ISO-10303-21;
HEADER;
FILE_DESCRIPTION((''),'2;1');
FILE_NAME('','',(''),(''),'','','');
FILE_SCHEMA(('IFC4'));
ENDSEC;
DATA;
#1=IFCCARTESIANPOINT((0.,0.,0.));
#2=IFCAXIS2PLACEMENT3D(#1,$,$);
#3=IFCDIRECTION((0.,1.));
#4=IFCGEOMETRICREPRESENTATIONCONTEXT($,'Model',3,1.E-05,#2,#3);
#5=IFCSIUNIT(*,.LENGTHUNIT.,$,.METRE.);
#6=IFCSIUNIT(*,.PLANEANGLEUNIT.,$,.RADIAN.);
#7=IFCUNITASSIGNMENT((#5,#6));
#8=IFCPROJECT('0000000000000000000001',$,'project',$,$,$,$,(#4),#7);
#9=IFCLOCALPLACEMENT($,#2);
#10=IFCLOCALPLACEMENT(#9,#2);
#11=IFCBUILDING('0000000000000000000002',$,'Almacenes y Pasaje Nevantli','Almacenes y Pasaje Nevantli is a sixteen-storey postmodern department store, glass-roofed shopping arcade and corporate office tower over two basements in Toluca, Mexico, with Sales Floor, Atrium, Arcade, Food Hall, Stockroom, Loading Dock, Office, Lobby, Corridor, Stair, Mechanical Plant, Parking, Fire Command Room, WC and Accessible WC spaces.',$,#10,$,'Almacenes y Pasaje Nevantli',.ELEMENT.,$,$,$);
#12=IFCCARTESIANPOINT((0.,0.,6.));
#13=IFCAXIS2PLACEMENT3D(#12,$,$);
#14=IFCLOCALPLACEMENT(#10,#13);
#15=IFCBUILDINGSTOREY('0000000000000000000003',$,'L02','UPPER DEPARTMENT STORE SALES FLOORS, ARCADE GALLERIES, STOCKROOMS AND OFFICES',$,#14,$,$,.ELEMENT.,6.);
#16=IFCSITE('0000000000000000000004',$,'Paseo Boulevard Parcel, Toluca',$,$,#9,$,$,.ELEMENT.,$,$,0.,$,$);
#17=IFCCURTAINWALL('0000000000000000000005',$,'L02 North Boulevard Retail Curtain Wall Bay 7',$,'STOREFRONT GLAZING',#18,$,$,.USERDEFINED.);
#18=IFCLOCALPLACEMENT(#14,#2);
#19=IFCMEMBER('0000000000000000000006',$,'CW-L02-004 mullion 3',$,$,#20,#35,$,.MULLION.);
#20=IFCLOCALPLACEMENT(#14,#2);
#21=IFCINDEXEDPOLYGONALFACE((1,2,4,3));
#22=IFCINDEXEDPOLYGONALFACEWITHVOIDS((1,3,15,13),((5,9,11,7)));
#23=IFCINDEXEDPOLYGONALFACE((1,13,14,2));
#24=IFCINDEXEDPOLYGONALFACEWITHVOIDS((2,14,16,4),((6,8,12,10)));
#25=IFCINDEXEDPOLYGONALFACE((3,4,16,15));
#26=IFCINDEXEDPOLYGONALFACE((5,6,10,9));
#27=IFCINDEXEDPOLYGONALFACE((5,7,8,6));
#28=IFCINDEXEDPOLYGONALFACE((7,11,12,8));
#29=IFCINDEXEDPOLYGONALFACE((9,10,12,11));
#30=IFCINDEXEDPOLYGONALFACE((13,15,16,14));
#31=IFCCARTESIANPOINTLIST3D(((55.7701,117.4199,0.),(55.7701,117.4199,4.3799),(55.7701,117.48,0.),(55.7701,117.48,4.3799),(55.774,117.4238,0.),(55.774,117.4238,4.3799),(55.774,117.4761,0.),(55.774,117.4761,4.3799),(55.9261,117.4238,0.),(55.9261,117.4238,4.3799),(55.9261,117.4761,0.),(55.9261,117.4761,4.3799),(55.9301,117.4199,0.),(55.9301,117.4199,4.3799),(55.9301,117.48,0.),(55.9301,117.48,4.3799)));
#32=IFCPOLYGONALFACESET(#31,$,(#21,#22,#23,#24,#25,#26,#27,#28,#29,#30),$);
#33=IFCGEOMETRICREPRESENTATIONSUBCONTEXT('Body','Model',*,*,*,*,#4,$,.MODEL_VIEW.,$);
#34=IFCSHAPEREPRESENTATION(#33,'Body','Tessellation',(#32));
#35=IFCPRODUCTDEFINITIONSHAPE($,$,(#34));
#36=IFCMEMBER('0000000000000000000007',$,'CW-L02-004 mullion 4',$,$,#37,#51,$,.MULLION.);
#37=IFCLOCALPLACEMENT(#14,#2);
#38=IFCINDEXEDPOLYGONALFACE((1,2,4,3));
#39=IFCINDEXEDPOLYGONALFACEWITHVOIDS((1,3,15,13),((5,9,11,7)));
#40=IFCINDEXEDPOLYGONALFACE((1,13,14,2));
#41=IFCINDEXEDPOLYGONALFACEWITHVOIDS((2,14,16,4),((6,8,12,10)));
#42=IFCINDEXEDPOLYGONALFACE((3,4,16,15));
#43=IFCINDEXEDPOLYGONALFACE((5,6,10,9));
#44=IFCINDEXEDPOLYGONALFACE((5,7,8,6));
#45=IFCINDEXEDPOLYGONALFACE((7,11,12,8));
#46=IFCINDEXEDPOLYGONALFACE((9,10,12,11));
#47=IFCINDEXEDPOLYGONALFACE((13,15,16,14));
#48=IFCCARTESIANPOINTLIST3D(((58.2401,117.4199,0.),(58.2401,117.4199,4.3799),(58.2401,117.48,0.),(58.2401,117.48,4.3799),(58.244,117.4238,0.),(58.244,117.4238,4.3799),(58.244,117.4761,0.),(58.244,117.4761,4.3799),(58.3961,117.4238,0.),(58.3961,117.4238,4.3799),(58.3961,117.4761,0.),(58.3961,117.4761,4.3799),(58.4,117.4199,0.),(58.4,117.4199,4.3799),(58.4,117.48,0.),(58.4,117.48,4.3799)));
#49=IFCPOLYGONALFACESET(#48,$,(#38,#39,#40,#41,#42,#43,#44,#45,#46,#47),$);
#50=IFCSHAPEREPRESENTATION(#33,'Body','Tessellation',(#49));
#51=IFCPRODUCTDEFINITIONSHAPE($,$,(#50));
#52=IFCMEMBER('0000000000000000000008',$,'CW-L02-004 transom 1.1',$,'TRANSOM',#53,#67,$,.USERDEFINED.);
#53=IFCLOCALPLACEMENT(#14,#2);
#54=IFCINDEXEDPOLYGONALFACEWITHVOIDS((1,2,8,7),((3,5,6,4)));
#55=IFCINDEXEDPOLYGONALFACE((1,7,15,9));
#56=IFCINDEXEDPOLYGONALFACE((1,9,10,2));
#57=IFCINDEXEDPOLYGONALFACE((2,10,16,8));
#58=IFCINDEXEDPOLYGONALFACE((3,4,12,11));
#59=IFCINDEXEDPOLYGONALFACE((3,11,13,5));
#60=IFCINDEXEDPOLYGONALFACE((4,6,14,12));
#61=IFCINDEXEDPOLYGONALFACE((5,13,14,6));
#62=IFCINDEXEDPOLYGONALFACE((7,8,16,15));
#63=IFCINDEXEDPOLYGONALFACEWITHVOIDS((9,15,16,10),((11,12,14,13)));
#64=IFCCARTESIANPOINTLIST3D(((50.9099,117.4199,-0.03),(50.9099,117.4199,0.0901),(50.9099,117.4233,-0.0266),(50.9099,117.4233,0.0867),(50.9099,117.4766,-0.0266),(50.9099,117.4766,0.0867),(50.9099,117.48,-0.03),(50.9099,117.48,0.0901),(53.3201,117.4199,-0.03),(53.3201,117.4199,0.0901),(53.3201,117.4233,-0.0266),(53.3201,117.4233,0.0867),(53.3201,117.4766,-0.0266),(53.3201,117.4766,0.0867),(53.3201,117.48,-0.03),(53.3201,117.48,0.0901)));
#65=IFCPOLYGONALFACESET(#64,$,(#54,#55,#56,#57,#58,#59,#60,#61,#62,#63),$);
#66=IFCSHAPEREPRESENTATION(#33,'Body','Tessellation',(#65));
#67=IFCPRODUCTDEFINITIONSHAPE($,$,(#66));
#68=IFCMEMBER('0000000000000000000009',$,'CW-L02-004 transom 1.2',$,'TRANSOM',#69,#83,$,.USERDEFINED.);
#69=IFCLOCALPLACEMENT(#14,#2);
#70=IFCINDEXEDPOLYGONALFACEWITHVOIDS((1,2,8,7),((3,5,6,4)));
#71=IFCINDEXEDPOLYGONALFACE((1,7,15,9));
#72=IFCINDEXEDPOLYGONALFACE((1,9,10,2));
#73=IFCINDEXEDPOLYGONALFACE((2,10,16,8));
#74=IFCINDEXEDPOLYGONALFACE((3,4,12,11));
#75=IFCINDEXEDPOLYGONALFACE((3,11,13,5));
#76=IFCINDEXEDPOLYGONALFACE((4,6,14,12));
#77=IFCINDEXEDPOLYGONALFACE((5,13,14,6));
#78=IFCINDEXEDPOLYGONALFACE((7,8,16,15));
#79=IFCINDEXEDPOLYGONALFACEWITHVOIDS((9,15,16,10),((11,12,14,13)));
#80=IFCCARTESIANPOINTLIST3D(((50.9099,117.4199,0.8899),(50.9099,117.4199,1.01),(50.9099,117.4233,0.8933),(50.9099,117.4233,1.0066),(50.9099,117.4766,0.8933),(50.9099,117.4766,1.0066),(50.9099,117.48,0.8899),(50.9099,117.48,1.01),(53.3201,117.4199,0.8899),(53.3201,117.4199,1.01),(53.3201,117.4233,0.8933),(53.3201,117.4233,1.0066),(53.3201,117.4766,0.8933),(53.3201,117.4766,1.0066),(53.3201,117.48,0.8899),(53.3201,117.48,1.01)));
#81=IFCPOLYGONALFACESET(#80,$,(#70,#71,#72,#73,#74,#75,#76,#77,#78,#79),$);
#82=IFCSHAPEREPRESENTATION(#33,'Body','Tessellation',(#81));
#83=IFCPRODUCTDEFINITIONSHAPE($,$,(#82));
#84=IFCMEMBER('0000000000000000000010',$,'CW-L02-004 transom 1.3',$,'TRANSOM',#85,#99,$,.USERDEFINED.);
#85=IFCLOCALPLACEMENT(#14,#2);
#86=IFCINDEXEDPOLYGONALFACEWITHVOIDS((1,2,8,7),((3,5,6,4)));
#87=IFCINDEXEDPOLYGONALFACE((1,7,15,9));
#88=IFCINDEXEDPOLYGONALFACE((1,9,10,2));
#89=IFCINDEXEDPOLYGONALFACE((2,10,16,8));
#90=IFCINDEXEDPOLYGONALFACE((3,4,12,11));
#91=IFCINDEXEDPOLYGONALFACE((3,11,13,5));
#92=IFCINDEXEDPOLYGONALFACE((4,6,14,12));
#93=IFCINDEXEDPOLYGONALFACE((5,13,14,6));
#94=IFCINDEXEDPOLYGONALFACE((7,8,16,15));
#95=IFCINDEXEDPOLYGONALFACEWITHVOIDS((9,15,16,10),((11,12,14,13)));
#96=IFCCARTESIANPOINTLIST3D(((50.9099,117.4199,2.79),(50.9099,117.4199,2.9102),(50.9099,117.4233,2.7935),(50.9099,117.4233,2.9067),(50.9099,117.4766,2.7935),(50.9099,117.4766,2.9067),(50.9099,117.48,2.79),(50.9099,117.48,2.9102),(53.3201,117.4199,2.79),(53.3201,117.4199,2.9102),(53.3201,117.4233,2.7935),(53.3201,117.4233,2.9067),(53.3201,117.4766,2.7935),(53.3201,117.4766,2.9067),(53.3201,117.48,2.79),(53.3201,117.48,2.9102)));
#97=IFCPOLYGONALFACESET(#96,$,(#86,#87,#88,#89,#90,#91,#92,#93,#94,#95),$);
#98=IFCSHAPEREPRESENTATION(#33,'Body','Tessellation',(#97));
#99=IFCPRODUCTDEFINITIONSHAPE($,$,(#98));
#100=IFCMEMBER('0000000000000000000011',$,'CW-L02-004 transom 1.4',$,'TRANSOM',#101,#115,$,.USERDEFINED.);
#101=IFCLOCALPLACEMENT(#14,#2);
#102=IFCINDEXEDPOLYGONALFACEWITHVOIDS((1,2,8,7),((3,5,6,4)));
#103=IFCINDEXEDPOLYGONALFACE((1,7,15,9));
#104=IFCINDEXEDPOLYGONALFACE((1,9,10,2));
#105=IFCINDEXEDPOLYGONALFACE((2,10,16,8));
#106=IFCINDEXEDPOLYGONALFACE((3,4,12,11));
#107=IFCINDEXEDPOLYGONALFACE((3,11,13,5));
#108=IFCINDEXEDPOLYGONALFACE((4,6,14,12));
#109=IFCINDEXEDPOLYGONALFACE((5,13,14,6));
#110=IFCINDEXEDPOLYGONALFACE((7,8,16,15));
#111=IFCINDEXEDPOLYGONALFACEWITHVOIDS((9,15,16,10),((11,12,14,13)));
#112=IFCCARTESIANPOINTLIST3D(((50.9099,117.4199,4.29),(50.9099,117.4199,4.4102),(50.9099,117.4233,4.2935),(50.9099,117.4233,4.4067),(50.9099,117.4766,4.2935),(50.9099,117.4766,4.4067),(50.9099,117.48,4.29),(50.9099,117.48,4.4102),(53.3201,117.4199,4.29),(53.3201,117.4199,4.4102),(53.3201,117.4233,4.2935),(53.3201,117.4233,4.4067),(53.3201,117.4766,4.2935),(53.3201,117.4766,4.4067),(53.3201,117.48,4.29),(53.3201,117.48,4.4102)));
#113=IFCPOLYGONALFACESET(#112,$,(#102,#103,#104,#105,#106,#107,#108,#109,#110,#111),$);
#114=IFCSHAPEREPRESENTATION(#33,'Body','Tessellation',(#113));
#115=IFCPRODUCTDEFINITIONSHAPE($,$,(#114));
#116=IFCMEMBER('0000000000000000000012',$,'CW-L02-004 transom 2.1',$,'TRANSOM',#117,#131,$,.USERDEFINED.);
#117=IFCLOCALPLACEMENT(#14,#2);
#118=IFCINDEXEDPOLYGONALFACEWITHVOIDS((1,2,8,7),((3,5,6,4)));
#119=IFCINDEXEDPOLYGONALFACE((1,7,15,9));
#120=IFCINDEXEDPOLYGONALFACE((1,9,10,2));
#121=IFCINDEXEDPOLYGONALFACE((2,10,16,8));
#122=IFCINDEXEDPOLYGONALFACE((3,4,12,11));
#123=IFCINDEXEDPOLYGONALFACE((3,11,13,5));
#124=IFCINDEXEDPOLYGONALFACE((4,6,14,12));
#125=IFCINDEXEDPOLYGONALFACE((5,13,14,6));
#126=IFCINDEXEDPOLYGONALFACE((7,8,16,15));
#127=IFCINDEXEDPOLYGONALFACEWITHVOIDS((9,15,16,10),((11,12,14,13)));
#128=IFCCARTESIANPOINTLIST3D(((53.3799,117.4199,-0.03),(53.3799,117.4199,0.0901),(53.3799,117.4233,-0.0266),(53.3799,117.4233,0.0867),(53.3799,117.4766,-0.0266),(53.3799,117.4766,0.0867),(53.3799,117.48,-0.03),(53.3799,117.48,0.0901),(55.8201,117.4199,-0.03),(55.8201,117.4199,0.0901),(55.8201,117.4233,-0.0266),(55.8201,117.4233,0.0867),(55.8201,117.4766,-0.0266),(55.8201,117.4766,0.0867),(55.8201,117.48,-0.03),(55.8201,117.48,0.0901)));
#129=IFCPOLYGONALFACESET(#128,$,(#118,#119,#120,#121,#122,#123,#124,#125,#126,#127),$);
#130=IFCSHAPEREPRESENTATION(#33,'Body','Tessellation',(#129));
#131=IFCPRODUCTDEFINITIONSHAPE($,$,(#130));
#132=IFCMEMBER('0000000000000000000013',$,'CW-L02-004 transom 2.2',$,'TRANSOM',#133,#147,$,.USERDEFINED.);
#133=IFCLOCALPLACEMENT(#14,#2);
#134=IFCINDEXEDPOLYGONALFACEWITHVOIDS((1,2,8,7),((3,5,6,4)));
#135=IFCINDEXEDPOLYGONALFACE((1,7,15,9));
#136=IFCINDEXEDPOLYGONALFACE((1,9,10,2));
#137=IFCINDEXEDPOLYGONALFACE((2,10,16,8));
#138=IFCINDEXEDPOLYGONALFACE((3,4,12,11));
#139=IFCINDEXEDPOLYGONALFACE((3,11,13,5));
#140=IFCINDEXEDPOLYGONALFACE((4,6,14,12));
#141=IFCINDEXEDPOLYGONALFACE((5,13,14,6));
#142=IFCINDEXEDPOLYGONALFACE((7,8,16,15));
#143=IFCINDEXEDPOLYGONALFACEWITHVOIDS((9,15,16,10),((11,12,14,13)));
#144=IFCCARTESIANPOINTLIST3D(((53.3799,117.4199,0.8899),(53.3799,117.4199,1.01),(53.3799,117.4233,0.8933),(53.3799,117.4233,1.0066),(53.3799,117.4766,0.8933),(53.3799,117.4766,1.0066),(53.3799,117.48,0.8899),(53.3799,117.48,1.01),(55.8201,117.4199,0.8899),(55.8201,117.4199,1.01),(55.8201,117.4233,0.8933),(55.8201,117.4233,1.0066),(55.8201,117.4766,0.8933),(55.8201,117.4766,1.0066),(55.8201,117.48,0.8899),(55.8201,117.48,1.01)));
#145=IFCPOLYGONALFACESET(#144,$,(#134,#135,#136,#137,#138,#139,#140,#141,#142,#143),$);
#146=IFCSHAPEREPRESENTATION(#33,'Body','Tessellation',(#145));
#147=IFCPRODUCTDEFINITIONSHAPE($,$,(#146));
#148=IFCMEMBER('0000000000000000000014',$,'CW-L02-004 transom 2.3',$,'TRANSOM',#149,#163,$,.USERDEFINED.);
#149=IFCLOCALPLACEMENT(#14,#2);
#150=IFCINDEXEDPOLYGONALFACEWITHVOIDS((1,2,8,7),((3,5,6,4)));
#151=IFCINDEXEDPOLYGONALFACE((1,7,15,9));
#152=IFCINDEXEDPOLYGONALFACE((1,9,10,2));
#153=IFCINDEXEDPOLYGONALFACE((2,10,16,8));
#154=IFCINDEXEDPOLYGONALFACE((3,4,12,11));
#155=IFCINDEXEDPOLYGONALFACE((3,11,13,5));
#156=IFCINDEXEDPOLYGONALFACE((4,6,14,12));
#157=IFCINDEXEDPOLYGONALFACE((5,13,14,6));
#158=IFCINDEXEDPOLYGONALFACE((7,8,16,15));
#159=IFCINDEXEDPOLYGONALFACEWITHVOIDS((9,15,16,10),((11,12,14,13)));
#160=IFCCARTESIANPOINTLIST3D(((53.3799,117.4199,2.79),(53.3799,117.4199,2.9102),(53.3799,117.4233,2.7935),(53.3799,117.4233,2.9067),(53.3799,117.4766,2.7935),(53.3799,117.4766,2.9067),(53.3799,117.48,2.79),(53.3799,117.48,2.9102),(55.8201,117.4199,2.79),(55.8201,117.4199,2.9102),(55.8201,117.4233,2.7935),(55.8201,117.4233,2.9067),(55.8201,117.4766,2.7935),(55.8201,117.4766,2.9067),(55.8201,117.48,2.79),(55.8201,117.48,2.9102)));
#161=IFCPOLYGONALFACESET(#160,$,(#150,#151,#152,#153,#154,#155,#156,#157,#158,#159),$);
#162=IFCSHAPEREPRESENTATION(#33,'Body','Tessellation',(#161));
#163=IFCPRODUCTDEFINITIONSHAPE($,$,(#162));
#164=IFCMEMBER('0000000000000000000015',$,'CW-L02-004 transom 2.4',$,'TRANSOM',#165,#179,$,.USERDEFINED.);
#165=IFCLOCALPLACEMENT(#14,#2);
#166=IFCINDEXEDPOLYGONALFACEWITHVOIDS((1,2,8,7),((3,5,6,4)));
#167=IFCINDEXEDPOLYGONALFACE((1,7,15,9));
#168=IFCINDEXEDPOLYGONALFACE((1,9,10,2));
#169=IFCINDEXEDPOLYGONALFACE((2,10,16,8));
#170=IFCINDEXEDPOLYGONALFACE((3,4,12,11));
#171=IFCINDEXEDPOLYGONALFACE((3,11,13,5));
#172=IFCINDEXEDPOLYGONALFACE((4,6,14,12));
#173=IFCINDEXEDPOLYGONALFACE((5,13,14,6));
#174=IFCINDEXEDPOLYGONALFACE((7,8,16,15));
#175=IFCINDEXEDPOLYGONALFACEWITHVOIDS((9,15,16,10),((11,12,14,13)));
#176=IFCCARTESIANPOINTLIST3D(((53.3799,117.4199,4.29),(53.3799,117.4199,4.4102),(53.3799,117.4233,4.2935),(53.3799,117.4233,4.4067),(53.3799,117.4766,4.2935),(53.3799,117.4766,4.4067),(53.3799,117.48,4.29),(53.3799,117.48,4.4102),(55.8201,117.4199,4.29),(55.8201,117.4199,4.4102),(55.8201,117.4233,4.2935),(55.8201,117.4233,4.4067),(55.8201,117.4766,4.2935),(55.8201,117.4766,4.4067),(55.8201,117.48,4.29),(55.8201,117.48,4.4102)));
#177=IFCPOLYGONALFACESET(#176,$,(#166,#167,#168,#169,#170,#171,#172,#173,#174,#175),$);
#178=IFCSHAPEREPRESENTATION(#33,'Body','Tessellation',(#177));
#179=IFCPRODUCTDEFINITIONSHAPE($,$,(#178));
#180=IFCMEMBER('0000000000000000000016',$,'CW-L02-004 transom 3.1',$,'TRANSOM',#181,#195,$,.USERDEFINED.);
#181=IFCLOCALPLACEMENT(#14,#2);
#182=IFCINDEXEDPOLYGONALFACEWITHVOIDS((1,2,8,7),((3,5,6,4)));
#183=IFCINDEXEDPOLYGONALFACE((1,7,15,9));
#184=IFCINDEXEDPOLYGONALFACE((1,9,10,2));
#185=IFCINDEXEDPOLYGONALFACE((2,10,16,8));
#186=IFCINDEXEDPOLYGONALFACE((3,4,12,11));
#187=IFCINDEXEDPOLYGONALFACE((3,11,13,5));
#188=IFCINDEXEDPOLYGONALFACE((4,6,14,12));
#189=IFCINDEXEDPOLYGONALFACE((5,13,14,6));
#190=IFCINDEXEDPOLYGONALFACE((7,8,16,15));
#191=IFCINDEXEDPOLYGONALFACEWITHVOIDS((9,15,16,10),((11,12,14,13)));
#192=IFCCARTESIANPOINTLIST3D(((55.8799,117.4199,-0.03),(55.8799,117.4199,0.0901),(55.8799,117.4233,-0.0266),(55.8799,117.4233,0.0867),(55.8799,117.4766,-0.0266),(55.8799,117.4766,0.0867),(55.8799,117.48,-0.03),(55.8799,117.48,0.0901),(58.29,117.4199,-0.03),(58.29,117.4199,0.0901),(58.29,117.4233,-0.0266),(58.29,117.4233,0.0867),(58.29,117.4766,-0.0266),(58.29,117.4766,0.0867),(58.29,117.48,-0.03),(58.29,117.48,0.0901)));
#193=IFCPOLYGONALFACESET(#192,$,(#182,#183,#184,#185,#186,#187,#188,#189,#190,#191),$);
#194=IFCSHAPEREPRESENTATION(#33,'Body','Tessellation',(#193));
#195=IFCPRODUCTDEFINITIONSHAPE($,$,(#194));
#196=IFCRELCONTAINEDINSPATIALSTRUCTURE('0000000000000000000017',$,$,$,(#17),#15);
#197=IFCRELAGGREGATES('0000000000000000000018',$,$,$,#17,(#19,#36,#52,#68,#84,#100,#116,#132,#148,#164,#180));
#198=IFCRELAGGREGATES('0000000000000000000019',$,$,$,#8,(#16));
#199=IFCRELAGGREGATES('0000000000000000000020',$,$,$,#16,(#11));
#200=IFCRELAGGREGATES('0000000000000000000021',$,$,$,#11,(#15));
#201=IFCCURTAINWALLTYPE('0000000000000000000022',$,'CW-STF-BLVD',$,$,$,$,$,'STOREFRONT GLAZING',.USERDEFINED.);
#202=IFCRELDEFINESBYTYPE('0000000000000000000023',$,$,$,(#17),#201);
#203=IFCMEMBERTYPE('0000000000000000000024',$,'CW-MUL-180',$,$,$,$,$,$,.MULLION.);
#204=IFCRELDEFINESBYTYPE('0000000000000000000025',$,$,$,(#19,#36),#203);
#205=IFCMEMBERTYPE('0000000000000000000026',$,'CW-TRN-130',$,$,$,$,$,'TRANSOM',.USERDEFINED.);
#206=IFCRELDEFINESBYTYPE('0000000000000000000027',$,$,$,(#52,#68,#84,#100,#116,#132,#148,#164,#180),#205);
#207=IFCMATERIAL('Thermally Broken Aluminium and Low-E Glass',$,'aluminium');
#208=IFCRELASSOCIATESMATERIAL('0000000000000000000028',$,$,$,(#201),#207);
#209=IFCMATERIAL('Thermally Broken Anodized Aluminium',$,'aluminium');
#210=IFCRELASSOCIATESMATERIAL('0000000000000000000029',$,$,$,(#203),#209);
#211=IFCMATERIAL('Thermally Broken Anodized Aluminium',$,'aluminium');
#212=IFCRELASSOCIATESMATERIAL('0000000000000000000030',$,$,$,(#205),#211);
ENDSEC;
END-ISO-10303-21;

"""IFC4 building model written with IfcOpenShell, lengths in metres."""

from ifc_helpers import new_model, si_unit, direction, frame, origin, origin_2d, place, context, subcontext, project, spatial, hollow_rectangle, extrude, material, material_profile, profile_set, type_object, element, aggregate, save


model = new_model("IFC4")

# Units and contexts
model_context = context("Model", 3, precision=1e-05, world=origin(), true_north=direction((0.0, 1.0)))
body_context = subcontext(model_context, "Body", "Model", "MODEL_VIEW")
ifc_project = project(units=[si_unit("LENGTHUNIT", "METRE"), si_unit("PLANEANGLEUNIT", "RADIAN")], contexts=[model_context])

# Site, building, storey
site_placement = place(None, origin())
site = spatial("IfcSite", under=ifc_project, at=site_placement, Name="Paseo Boulevard Parcel, Toluca", CompositionType="ELEMENT", RefElevation=0.0)
building_placement = place(site_placement, origin())
building = spatial("IfcBuilding", under=site, at=building_placement, Name="Almacenes y Pasaje Nevantli", Description="Almacenes y Pasaje Nevantli is a sixteen-storey postmodern department store, glass-roofed shopping arcade and corporate office tower over two basements in Toluca, Mexico, with Sales Floor, Atrium, Arcade, Food Hall, Stockroom, Loading Dock, Office, Lobby, Corridor, Stair, Mechanical Plant, Parking, Fire Command Room, WC and Accessible WC spaces.", LongName="Almacenes y Pasaje Nevantli", CompositionType="ELEMENT")
storey_placement = place(building_placement, frame((0.0, 0.0, 6.0)))
storey = spatial("IfcBuildingStorey", under=building, at=storey_placement, Name="L02", Description="UPPER DEPARTMENT STORE SALES FLOORS, ARCADE GALLERIES, STOCKROOMS AND OFFICES", CompositionType="ELEMENT", Elevation=6.0)

# Curtain wall, members
ifc_material_1 = material(Name="Thermally Broken Aluminium and Low-E Glass", Category="aluminium")
curtain_wall_type = type_object("IfcCurtainWallType", Name="CW-STF-BLVD", ElementType="STOREFRONT GLAZING", PredefinedType="USERDEFINED", material=ifc_material_1)
curtain_wall_placement = place(storey_placement, origin())
curtain_wall = element("IfcCurtainWall", 1, at=curtain_wall_placement, inside=storey, type_object=curtain_wall_type, Name="L02 North Boulevard Retail Curtain Wall Bay 7", ObjectType="STOREFRONT GLAZING", PredefinedType="USERDEFINED")
ifc_material_2 = material(Name="Thermally Broken Anodized Aluminium", Category="aluminium")
ifc_material_profile_1 = material_profile(ifc_material_2, hollow_rectangle(XDim=0.0601, YDim=0.1599, WallThickness=0.0039, at=origin_2d()), Name="ALU-MUL-60x160")
ifc_profile_set_1 = profile_set([ifc_material_profile_1], Name="Thermally Broken Anodized Aluminium")
member_type_1 = type_object("IfcMemberType", Name="CW-MUL-180", PredefinedType="MULLION", material=ifc_profile_set_1)
member_1_placement = place(storey_placement, frame((55.8501, 117.45, 0.0), z_axis=(0.0, 0.0, 1.0), x_axis=(0.0, 1.0, 0.0)))
member_1 = element("IfcMember", 2, at=member_1_placement, type_object=member_type_1, Name="CW-L02-004 mullion 3", PredefinedType="MULLION", context=body_context, shape_type="SweptSolid", body=[
    extrude(hollow_rectangle(XDim=0.0601, YDim=0.1599, WallThickness=0.0039, at=origin_2d()), origin(), (0.0, 0.0, 1.0), 4.3799),
])
member_2_placement = place(storey_placement, frame((58.3201, 117.45, 0.0), z_axis=(0.0, 0.0, 1.0), x_axis=(0.0, 1.0, 0.0)))
member_2 = element("IfcMember", 3, at=member_2_placement, type_object=member_type_1, Name="CW-L02-004 mullion 4", PredefinedType="MULLION", context=body_context, shape_type="SweptSolid", body=[
    extrude(hollow_rectangle(XDim=0.0601, YDim=0.1599, WallThickness=0.0039, at=origin_2d()), origin(), (0.0, 0.0, 1.0), 4.3799),
])
ifc_material_3 = material(Name="Thermally Broken Anodized Aluminium", Category="aluminium")
ifc_material_profile_2 = material_profile(ifc_material_3, hollow_rectangle(XDim=0.0601, YDim=0.1201, WallThickness=0.0034, at=origin_2d()), Name="ALU-TRN-60x120")
ifc_profile_set_2 = profile_set([ifc_material_profile_2], Name="Thermally Broken Anodized Aluminium")
member_type_2 = type_object("IfcMemberType", Name="CW-TRN-130", ElementType="TRANSOM", PredefinedType="USERDEFINED", material=ifc_profile_set_2)
member_3_placement = place(storey_placement, frame((50.9099, 117.45, 0.03), z_axis=(1.0, 0.0, 0.0), x_axis=(0.0, 1.0, 0.0)))
member_3 = element("IfcMember", 4, at=member_3_placement, type_object=member_type_2, Name="CW-L02-004 transom 1.1", ObjectType="TRANSOM", PredefinedType="USERDEFINED", context=body_context, shape_type="SweptSolid", body=[
    extrude(hollow_rectangle(XDim=0.0601, YDim=0.1201, WallThickness=0.0034, at=origin_2d()), origin(), (0.0, 0.0, 1.0), 2.4102),
])
member_4_placement = place(storey_placement, frame((50.9099, 117.45, 0.95), z_axis=(1.0, 0.0, 0.0), x_axis=(0.0, 1.0, 0.0)))
member_4 = element("IfcMember", 5, at=member_4_placement, type_object=member_type_2, Name="CW-L02-004 transom 1.2", ObjectType="TRANSOM", PredefinedType="USERDEFINED", context=body_context, shape_type="SweptSolid", body=[
    extrude(hollow_rectangle(XDim=0.0601, YDim=0.1201, WallThickness=0.0034, at=origin_2d()), origin(), (0.0, 0.0, 1.0), 2.4102),
])
member_5_placement = place(storey_placement, frame((50.9099, 117.45, 2.8501), z_axis=(1.0, 0.0, 0.0), x_axis=(0.0, 1.0, 0.0)))
member_5 = element("IfcMember", 6, at=member_5_placement, type_object=member_type_2, Name="CW-L02-004 transom 1.3", ObjectType="TRANSOM", PredefinedType="USERDEFINED", context=body_context, shape_type="SweptSolid", body=[
    extrude(hollow_rectangle(XDim=0.0601, YDim=0.1201, WallThickness=0.0034, at=origin_2d()), origin(), (0.0, 0.0, 1.0), 2.4102),
])
member_6_placement = place(storey_placement, frame((50.9099, 117.45, 4.3501), z_axis=(1.0, 0.0, 0.0), x_axis=(0.0, 1.0, 0.0)))
member_6 = element("IfcMember", 7, at=member_6_placement, type_object=member_type_2, Name="CW-L02-004 transom 1.4", ObjectType="TRANSOM", PredefinedType="USERDEFINED", context=body_context, shape_type="SweptSolid", body=[
    extrude(hollow_rectangle(XDim=0.0601, YDim=0.1201, WallThickness=0.0034, at=origin_2d()), origin(), (0.0, 0.0, 1.0), 2.4102),
])
member_7_placement = place(storey_placement, frame((53.3799, 117.45, 0.03), z_axis=(1.0, 0.0, 0.0), x_axis=(0.0, 1.0, 0.0)))
member_7 = element("IfcMember", 8, at=member_7_placement, type_object=member_type_2, Name="CW-L02-004 transom 2.1", ObjectType="TRANSOM", PredefinedType="USERDEFINED", context=body_context, shape_type="SweptSolid", body=[
    extrude(hollow_rectangle(XDim=0.0601, YDim=0.1201, WallThickness=0.0034, at=origin_2d()), origin(), (0.0, 0.0, 1.0), 2.4402),
])
member_8_placement = place(storey_placement, frame((53.3799, 117.45, 0.95), z_axis=(1.0, 0.0, 0.0), x_axis=(0.0, 1.0, 0.0)))
member_8 = element("IfcMember", 9, at=member_8_placement, type_object=member_type_2, Name="CW-L02-004 transom 2.2", ObjectType="TRANSOM", PredefinedType="USERDEFINED", context=body_context, shape_type="SweptSolid", body=[
    extrude(hollow_rectangle(XDim=0.0601, YDim=0.1201, WallThickness=0.0034, at=origin_2d()), origin(), (0.0, 0.0, 1.0), 2.4402),
])
member_9_placement = place(storey_placement, frame((53.3799, 117.45, 2.8501), z_axis=(1.0, 0.0, 0.0), x_axis=(0.0, 1.0, 0.0)))
member_9 = element("IfcMember", 10, at=member_9_placement, type_object=member_type_2, Name="CW-L02-004 transom 2.3", ObjectType="TRANSOM", PredefinedType="USERDEFINED", context=body_context, shape_type="SweptSolid", body=[
    extrude(hollow_rectangle(XDim=0.0601, YDim=0.1201, WallThickness=0.0034, at=origin_2d()), origin(), (0.0, 0.0, 1.0), 2.4402),
])
member_10_placement = place(storey_placement, frame((53.3799, 117.45, 4.3501), z_axis=(1.0, 0.0, 0.0), x_axis=(0.0, 1.0, 0.0)))
member_10 = element("IfcMember", 11, at=member_10_placement, type_object=member_type_2, Name="CW-L02-004 transom 2.4", ObjectType="TRANSOM", PredefinedType="USERDEFINED", context=body_context, shape_type="SweptSolid", body=[
    extrude(hollow_rectangle(XDim=0.0601, YDim=0.1201, WallThickness=0.0034, at=origin_2d()), origin(), (0.0, 0.0, 1.0), 2.4402),
])
member_11_placement = place(storey_placement, frame((55.8799, 117.45, 0.03), z_axis=(1.0, 0.0, 0.0), x_axis=(0.0, 1.0, 0.0)))
member_11 = element("IfcMember", 12, at=member_11_placement, type_object=member_type_2, Name="CW-L02-004 transom 3.1", ObjectType="TRANSOM", PredefinedType="USERDEFINED", context=body_context, shape_type="SweptSolid", body=[
    extrude(hollow_rectangle(XDim=0.0601, YDim=0.1201, WallThickness=0.0034, at=origin_2d()), origin(), (0.0, 0.0, 1.0), 2.4102),
])
aggregate(curtain_wall, [member_1, member_2, member_3, member_4, member_5, member_6, member_7, member_8, member_9, member_10, member_11])

save(model, "model.ifc")
